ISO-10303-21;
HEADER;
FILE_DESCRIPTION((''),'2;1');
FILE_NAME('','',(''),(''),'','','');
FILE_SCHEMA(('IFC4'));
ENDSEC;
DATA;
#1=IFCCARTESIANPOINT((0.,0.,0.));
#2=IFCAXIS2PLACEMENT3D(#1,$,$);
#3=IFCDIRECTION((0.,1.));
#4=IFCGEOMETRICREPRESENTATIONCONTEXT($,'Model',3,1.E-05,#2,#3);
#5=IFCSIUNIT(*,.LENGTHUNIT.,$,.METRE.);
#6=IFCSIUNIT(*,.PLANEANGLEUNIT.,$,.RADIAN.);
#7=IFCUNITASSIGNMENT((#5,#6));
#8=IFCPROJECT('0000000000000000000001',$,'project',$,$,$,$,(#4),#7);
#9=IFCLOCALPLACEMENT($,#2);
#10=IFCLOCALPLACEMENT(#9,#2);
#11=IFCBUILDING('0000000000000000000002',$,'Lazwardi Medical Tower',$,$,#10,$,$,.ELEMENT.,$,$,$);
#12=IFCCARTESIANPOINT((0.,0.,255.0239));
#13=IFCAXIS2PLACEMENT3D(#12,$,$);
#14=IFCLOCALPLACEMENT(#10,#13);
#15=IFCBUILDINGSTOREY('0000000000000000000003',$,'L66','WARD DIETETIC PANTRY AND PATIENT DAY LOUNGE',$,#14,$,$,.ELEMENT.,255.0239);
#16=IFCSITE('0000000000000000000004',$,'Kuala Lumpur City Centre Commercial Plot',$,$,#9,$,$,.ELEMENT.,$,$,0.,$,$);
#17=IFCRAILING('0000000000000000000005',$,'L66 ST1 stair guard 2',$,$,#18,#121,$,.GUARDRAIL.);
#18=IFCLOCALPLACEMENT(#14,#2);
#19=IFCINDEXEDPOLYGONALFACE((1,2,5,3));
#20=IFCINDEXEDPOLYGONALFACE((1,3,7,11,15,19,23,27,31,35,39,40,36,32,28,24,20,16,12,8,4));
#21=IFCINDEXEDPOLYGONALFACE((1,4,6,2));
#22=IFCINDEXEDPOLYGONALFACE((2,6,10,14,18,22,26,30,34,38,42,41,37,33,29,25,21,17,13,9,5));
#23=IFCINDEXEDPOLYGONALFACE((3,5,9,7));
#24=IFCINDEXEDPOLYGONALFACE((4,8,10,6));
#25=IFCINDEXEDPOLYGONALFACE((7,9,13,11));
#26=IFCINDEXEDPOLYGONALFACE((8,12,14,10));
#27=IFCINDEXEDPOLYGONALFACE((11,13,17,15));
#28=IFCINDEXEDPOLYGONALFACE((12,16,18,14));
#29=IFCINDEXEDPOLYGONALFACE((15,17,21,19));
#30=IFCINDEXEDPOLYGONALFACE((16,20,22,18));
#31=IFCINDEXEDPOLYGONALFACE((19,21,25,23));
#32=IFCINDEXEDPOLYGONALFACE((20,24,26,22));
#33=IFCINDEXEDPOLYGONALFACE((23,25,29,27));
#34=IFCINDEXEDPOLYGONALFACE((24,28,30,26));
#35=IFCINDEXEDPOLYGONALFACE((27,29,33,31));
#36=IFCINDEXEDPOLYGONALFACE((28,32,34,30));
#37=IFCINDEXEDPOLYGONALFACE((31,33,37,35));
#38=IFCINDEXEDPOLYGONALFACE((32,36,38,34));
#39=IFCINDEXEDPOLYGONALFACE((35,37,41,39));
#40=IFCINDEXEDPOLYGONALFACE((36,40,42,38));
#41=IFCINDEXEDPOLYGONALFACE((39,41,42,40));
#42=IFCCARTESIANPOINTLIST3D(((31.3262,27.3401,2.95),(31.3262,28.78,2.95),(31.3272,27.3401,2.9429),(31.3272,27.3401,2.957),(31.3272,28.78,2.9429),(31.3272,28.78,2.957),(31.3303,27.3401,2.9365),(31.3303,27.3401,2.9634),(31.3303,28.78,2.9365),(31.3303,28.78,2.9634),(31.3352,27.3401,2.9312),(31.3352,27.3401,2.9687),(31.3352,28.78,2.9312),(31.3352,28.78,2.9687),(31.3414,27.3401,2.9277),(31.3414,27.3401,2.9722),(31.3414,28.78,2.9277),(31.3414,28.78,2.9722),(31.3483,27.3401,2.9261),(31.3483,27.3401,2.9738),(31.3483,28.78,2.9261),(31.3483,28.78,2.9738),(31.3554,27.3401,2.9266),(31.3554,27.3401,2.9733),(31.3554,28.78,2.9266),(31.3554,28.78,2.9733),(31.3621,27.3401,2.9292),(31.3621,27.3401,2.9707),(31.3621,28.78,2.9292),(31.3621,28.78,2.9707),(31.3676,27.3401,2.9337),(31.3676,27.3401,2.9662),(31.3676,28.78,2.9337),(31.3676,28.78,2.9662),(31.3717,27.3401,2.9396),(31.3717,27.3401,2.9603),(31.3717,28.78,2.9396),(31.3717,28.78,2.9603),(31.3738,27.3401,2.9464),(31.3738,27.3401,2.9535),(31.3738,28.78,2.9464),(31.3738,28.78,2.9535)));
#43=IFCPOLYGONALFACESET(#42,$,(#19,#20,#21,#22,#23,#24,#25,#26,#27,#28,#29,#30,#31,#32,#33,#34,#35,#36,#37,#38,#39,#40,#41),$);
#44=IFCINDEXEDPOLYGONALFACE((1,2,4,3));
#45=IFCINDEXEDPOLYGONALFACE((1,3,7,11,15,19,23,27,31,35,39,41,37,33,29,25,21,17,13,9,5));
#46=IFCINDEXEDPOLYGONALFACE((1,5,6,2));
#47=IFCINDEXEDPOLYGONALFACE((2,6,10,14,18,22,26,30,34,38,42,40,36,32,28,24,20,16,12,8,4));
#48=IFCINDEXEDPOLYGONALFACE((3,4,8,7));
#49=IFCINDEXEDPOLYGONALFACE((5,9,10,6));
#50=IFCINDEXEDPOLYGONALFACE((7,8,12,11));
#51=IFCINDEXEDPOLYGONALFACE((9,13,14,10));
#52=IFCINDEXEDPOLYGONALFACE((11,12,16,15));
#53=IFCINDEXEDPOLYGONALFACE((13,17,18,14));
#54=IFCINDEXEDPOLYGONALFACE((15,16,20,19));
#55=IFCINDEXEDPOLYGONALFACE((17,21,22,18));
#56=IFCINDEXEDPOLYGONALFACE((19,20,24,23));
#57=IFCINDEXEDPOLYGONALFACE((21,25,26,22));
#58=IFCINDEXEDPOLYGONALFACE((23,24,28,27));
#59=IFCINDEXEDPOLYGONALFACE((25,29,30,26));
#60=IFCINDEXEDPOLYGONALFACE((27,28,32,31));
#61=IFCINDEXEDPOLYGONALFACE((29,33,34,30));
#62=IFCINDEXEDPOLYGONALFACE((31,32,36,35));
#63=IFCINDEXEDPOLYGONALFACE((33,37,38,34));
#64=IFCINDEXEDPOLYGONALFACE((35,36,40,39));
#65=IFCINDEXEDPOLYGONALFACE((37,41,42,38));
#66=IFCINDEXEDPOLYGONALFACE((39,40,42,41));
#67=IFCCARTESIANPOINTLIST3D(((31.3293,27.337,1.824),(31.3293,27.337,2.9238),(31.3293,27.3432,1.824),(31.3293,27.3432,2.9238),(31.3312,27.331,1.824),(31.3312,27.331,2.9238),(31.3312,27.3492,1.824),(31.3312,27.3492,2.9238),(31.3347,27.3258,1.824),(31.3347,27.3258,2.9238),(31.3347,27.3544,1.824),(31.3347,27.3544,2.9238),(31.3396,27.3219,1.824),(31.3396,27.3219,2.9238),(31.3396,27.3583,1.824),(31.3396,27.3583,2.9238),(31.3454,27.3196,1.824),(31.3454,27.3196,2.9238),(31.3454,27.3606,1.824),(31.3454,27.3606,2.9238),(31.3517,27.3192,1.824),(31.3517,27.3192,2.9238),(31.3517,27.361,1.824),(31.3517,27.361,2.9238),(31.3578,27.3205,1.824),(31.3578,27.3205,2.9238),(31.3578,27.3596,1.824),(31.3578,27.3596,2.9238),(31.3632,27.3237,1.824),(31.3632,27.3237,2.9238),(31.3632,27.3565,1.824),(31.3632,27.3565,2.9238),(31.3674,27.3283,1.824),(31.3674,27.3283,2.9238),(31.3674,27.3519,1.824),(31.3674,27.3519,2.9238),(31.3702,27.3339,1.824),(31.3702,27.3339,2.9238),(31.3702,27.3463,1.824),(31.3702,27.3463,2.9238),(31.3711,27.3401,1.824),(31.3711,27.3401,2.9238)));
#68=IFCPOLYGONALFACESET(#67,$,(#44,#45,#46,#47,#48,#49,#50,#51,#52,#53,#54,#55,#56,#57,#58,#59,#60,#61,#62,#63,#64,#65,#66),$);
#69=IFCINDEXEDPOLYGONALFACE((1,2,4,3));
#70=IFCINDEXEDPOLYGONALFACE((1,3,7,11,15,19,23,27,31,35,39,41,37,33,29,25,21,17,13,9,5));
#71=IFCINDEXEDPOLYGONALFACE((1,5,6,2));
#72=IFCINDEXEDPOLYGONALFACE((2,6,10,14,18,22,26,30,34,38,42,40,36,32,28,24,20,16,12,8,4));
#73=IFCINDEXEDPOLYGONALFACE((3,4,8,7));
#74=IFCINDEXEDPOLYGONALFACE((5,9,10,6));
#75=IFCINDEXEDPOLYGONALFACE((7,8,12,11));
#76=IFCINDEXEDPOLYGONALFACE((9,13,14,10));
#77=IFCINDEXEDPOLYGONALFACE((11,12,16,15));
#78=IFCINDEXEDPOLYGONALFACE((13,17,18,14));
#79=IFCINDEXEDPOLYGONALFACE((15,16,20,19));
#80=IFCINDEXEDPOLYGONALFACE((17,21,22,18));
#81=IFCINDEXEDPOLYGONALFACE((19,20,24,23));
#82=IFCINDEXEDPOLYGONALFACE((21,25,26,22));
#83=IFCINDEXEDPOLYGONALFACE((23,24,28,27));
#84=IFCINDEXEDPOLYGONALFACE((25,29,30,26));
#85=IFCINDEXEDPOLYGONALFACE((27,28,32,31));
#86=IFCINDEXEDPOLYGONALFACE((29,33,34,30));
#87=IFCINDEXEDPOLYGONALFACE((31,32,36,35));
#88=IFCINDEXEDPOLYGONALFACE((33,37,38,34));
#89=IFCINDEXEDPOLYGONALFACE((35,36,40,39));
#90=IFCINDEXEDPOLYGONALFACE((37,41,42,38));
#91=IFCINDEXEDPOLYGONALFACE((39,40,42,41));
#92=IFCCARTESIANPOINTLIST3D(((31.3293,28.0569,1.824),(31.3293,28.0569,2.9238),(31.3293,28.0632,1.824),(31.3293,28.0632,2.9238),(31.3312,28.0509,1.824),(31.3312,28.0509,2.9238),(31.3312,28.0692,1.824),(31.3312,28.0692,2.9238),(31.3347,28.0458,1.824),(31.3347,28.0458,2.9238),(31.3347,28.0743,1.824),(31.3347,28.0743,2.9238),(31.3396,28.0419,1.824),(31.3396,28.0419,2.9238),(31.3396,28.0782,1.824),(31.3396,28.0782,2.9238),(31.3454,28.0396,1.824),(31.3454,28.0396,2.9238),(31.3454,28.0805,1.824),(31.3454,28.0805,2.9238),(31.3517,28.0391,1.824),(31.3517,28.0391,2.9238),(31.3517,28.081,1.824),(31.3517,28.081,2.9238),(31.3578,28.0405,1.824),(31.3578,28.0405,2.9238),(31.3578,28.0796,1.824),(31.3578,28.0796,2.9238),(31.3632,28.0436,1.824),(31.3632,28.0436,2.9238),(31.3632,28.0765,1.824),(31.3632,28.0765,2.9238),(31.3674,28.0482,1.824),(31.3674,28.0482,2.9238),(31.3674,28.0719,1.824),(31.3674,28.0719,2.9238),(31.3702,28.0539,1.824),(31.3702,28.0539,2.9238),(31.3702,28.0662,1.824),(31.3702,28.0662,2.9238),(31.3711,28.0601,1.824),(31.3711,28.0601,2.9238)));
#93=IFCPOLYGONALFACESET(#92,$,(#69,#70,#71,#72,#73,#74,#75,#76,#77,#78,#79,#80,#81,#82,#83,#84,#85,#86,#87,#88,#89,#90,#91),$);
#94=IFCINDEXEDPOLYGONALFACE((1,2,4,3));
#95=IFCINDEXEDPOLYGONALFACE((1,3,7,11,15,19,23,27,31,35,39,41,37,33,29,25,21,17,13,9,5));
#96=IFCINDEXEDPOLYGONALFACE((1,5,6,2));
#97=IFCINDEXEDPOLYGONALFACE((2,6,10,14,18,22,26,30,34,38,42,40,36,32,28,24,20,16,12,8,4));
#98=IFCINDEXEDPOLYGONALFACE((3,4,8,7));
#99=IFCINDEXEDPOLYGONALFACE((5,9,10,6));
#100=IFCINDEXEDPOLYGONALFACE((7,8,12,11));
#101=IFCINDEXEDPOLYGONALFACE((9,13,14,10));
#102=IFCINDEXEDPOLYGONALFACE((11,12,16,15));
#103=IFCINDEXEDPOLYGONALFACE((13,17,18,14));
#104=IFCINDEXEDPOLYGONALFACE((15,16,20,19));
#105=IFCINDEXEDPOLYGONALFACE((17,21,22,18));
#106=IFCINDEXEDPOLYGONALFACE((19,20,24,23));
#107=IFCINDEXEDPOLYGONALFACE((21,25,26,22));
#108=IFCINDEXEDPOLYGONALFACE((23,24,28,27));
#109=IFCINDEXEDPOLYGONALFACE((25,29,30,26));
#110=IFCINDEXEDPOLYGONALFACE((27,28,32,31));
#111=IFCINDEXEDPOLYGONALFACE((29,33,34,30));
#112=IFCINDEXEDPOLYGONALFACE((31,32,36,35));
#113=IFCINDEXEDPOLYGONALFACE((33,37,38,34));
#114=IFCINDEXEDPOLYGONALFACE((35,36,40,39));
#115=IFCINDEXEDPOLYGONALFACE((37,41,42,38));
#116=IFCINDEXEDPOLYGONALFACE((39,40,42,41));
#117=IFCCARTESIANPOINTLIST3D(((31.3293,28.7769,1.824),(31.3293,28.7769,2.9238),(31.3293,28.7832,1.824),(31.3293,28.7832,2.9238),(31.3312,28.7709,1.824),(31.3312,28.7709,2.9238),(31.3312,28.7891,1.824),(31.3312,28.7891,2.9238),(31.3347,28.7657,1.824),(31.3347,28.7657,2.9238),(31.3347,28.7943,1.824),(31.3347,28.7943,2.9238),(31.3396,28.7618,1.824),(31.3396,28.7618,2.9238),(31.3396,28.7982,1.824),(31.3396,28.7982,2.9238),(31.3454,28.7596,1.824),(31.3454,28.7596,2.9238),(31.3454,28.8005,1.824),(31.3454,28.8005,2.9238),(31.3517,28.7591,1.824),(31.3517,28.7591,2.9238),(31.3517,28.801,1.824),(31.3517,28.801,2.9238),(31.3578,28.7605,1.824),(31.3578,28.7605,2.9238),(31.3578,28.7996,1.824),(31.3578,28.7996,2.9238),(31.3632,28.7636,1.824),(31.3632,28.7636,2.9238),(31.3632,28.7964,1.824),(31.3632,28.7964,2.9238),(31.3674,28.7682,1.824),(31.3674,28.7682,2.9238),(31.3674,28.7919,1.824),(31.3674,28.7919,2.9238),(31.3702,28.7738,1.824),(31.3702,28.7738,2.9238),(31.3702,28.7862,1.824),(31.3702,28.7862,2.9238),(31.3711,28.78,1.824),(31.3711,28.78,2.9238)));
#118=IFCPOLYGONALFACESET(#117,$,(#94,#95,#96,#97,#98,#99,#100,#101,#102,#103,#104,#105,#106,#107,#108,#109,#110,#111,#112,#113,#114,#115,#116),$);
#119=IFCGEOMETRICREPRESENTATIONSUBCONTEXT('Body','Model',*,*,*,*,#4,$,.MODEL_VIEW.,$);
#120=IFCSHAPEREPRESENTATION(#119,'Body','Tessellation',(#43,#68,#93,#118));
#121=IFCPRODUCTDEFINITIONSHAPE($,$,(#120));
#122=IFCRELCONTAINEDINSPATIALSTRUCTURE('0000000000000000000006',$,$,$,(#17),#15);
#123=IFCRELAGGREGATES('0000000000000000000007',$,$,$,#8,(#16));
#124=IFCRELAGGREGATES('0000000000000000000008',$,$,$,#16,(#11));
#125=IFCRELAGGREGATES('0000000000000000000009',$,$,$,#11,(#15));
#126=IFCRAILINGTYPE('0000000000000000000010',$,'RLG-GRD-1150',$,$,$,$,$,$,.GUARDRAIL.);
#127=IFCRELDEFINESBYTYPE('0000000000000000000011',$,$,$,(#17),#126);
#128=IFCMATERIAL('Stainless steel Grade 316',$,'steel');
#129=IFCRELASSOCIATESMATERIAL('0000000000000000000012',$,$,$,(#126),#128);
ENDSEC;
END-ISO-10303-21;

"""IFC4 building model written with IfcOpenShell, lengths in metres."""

from ifc_helpers import new_model, si_unit, direction, frame, origin, origin_2d, place, context, subcontext, project, spatial, circle, extrude, material, type_object, element, save


model = new_model("IFC4")

# Units and contexts
model_context = context("Model", 3, precision=1e-05, world=origin(), true_north=direction((0.0, 1.0)))
body_context = subcontext(model_context, "Body", "Model", "MODEL_VIEW")
ifc_project = project(units=[si_unit("LENGTHUNIT", "METRE"), si_unit("PLANEANGLEUNIT", "RADIAN")], contexts=[model_context])

# Site, building, storey
site_placement = place(None, origin())
site = spatial("IfcSite", under=ifc_project, at=site_placement, Name="Kuala Lumpur City Centre Commercial Plot", CompositionType="ELEMENT", RefElevation=0.0)
building_placement = place(site_placement, origin())
building = spatial("IfcBuilding", under=site, at=building_placement, Name="Lazwardi Medical Tower", CompositionType="ELEMENT")
storey_placement = place(building_placement, frame((0.0, 0.0, 255.0239)))
storey = spatial("IfcBuildingStorey", under=building, at=storey_placement, Name="L66", Description="WARD DIETETIC PANTRY AND PATIENT DAY LOUNGE", CompositionType="ELEMENT", Elevation=255.0239)

# Railing
ifc_material_1 = material(Name="Stainless steel Grade 316", Category="steel")
railing_type_1 = type_object("IfcRailingType", Name="RLG-GRD-1150", PredefinedType="GUARDRAIL", material=ifc_material_1)
railing_1_placement = place(storey_placement, frame((31.3501, 27.3401, 1.824)))
element("IfcRailing", 1, at=railing_1_placement, inside=storey, type_object=railing_type_1, Name="L66 ST1 stair guard 2", PredefinedType="GUARDRAIL", context=body_context, shape_type="SweptSolid", body=[
    extrude(circle(Radius=0.0239, at=origin_2d()), frame((0.0, 0.0, 1.126), z_axis=(0.0, 1.0, 0.0), x_axis=(-1.0, 0.0, 0.0)), (0.0, 0.0, 1.0), 1.4399),
    extrude(circle(Radius=0.021, at=origin_2d()), origin(), (0.0, 0.0, 1.0), 1.0999),
    extrude(circle(Radius=0.021, at=origin_2d()), frame((0.0, 0.72, 0.0)), (0.0, 0.0, 1.0), 1.0999),
    extrude(circle(Radius=0.021, at=origin_2d()), frame((0.0, 1.4399, 0.0)), (0.0, 0.0, 1.0), 1.0999),
])

save(model, "model.ifc")
